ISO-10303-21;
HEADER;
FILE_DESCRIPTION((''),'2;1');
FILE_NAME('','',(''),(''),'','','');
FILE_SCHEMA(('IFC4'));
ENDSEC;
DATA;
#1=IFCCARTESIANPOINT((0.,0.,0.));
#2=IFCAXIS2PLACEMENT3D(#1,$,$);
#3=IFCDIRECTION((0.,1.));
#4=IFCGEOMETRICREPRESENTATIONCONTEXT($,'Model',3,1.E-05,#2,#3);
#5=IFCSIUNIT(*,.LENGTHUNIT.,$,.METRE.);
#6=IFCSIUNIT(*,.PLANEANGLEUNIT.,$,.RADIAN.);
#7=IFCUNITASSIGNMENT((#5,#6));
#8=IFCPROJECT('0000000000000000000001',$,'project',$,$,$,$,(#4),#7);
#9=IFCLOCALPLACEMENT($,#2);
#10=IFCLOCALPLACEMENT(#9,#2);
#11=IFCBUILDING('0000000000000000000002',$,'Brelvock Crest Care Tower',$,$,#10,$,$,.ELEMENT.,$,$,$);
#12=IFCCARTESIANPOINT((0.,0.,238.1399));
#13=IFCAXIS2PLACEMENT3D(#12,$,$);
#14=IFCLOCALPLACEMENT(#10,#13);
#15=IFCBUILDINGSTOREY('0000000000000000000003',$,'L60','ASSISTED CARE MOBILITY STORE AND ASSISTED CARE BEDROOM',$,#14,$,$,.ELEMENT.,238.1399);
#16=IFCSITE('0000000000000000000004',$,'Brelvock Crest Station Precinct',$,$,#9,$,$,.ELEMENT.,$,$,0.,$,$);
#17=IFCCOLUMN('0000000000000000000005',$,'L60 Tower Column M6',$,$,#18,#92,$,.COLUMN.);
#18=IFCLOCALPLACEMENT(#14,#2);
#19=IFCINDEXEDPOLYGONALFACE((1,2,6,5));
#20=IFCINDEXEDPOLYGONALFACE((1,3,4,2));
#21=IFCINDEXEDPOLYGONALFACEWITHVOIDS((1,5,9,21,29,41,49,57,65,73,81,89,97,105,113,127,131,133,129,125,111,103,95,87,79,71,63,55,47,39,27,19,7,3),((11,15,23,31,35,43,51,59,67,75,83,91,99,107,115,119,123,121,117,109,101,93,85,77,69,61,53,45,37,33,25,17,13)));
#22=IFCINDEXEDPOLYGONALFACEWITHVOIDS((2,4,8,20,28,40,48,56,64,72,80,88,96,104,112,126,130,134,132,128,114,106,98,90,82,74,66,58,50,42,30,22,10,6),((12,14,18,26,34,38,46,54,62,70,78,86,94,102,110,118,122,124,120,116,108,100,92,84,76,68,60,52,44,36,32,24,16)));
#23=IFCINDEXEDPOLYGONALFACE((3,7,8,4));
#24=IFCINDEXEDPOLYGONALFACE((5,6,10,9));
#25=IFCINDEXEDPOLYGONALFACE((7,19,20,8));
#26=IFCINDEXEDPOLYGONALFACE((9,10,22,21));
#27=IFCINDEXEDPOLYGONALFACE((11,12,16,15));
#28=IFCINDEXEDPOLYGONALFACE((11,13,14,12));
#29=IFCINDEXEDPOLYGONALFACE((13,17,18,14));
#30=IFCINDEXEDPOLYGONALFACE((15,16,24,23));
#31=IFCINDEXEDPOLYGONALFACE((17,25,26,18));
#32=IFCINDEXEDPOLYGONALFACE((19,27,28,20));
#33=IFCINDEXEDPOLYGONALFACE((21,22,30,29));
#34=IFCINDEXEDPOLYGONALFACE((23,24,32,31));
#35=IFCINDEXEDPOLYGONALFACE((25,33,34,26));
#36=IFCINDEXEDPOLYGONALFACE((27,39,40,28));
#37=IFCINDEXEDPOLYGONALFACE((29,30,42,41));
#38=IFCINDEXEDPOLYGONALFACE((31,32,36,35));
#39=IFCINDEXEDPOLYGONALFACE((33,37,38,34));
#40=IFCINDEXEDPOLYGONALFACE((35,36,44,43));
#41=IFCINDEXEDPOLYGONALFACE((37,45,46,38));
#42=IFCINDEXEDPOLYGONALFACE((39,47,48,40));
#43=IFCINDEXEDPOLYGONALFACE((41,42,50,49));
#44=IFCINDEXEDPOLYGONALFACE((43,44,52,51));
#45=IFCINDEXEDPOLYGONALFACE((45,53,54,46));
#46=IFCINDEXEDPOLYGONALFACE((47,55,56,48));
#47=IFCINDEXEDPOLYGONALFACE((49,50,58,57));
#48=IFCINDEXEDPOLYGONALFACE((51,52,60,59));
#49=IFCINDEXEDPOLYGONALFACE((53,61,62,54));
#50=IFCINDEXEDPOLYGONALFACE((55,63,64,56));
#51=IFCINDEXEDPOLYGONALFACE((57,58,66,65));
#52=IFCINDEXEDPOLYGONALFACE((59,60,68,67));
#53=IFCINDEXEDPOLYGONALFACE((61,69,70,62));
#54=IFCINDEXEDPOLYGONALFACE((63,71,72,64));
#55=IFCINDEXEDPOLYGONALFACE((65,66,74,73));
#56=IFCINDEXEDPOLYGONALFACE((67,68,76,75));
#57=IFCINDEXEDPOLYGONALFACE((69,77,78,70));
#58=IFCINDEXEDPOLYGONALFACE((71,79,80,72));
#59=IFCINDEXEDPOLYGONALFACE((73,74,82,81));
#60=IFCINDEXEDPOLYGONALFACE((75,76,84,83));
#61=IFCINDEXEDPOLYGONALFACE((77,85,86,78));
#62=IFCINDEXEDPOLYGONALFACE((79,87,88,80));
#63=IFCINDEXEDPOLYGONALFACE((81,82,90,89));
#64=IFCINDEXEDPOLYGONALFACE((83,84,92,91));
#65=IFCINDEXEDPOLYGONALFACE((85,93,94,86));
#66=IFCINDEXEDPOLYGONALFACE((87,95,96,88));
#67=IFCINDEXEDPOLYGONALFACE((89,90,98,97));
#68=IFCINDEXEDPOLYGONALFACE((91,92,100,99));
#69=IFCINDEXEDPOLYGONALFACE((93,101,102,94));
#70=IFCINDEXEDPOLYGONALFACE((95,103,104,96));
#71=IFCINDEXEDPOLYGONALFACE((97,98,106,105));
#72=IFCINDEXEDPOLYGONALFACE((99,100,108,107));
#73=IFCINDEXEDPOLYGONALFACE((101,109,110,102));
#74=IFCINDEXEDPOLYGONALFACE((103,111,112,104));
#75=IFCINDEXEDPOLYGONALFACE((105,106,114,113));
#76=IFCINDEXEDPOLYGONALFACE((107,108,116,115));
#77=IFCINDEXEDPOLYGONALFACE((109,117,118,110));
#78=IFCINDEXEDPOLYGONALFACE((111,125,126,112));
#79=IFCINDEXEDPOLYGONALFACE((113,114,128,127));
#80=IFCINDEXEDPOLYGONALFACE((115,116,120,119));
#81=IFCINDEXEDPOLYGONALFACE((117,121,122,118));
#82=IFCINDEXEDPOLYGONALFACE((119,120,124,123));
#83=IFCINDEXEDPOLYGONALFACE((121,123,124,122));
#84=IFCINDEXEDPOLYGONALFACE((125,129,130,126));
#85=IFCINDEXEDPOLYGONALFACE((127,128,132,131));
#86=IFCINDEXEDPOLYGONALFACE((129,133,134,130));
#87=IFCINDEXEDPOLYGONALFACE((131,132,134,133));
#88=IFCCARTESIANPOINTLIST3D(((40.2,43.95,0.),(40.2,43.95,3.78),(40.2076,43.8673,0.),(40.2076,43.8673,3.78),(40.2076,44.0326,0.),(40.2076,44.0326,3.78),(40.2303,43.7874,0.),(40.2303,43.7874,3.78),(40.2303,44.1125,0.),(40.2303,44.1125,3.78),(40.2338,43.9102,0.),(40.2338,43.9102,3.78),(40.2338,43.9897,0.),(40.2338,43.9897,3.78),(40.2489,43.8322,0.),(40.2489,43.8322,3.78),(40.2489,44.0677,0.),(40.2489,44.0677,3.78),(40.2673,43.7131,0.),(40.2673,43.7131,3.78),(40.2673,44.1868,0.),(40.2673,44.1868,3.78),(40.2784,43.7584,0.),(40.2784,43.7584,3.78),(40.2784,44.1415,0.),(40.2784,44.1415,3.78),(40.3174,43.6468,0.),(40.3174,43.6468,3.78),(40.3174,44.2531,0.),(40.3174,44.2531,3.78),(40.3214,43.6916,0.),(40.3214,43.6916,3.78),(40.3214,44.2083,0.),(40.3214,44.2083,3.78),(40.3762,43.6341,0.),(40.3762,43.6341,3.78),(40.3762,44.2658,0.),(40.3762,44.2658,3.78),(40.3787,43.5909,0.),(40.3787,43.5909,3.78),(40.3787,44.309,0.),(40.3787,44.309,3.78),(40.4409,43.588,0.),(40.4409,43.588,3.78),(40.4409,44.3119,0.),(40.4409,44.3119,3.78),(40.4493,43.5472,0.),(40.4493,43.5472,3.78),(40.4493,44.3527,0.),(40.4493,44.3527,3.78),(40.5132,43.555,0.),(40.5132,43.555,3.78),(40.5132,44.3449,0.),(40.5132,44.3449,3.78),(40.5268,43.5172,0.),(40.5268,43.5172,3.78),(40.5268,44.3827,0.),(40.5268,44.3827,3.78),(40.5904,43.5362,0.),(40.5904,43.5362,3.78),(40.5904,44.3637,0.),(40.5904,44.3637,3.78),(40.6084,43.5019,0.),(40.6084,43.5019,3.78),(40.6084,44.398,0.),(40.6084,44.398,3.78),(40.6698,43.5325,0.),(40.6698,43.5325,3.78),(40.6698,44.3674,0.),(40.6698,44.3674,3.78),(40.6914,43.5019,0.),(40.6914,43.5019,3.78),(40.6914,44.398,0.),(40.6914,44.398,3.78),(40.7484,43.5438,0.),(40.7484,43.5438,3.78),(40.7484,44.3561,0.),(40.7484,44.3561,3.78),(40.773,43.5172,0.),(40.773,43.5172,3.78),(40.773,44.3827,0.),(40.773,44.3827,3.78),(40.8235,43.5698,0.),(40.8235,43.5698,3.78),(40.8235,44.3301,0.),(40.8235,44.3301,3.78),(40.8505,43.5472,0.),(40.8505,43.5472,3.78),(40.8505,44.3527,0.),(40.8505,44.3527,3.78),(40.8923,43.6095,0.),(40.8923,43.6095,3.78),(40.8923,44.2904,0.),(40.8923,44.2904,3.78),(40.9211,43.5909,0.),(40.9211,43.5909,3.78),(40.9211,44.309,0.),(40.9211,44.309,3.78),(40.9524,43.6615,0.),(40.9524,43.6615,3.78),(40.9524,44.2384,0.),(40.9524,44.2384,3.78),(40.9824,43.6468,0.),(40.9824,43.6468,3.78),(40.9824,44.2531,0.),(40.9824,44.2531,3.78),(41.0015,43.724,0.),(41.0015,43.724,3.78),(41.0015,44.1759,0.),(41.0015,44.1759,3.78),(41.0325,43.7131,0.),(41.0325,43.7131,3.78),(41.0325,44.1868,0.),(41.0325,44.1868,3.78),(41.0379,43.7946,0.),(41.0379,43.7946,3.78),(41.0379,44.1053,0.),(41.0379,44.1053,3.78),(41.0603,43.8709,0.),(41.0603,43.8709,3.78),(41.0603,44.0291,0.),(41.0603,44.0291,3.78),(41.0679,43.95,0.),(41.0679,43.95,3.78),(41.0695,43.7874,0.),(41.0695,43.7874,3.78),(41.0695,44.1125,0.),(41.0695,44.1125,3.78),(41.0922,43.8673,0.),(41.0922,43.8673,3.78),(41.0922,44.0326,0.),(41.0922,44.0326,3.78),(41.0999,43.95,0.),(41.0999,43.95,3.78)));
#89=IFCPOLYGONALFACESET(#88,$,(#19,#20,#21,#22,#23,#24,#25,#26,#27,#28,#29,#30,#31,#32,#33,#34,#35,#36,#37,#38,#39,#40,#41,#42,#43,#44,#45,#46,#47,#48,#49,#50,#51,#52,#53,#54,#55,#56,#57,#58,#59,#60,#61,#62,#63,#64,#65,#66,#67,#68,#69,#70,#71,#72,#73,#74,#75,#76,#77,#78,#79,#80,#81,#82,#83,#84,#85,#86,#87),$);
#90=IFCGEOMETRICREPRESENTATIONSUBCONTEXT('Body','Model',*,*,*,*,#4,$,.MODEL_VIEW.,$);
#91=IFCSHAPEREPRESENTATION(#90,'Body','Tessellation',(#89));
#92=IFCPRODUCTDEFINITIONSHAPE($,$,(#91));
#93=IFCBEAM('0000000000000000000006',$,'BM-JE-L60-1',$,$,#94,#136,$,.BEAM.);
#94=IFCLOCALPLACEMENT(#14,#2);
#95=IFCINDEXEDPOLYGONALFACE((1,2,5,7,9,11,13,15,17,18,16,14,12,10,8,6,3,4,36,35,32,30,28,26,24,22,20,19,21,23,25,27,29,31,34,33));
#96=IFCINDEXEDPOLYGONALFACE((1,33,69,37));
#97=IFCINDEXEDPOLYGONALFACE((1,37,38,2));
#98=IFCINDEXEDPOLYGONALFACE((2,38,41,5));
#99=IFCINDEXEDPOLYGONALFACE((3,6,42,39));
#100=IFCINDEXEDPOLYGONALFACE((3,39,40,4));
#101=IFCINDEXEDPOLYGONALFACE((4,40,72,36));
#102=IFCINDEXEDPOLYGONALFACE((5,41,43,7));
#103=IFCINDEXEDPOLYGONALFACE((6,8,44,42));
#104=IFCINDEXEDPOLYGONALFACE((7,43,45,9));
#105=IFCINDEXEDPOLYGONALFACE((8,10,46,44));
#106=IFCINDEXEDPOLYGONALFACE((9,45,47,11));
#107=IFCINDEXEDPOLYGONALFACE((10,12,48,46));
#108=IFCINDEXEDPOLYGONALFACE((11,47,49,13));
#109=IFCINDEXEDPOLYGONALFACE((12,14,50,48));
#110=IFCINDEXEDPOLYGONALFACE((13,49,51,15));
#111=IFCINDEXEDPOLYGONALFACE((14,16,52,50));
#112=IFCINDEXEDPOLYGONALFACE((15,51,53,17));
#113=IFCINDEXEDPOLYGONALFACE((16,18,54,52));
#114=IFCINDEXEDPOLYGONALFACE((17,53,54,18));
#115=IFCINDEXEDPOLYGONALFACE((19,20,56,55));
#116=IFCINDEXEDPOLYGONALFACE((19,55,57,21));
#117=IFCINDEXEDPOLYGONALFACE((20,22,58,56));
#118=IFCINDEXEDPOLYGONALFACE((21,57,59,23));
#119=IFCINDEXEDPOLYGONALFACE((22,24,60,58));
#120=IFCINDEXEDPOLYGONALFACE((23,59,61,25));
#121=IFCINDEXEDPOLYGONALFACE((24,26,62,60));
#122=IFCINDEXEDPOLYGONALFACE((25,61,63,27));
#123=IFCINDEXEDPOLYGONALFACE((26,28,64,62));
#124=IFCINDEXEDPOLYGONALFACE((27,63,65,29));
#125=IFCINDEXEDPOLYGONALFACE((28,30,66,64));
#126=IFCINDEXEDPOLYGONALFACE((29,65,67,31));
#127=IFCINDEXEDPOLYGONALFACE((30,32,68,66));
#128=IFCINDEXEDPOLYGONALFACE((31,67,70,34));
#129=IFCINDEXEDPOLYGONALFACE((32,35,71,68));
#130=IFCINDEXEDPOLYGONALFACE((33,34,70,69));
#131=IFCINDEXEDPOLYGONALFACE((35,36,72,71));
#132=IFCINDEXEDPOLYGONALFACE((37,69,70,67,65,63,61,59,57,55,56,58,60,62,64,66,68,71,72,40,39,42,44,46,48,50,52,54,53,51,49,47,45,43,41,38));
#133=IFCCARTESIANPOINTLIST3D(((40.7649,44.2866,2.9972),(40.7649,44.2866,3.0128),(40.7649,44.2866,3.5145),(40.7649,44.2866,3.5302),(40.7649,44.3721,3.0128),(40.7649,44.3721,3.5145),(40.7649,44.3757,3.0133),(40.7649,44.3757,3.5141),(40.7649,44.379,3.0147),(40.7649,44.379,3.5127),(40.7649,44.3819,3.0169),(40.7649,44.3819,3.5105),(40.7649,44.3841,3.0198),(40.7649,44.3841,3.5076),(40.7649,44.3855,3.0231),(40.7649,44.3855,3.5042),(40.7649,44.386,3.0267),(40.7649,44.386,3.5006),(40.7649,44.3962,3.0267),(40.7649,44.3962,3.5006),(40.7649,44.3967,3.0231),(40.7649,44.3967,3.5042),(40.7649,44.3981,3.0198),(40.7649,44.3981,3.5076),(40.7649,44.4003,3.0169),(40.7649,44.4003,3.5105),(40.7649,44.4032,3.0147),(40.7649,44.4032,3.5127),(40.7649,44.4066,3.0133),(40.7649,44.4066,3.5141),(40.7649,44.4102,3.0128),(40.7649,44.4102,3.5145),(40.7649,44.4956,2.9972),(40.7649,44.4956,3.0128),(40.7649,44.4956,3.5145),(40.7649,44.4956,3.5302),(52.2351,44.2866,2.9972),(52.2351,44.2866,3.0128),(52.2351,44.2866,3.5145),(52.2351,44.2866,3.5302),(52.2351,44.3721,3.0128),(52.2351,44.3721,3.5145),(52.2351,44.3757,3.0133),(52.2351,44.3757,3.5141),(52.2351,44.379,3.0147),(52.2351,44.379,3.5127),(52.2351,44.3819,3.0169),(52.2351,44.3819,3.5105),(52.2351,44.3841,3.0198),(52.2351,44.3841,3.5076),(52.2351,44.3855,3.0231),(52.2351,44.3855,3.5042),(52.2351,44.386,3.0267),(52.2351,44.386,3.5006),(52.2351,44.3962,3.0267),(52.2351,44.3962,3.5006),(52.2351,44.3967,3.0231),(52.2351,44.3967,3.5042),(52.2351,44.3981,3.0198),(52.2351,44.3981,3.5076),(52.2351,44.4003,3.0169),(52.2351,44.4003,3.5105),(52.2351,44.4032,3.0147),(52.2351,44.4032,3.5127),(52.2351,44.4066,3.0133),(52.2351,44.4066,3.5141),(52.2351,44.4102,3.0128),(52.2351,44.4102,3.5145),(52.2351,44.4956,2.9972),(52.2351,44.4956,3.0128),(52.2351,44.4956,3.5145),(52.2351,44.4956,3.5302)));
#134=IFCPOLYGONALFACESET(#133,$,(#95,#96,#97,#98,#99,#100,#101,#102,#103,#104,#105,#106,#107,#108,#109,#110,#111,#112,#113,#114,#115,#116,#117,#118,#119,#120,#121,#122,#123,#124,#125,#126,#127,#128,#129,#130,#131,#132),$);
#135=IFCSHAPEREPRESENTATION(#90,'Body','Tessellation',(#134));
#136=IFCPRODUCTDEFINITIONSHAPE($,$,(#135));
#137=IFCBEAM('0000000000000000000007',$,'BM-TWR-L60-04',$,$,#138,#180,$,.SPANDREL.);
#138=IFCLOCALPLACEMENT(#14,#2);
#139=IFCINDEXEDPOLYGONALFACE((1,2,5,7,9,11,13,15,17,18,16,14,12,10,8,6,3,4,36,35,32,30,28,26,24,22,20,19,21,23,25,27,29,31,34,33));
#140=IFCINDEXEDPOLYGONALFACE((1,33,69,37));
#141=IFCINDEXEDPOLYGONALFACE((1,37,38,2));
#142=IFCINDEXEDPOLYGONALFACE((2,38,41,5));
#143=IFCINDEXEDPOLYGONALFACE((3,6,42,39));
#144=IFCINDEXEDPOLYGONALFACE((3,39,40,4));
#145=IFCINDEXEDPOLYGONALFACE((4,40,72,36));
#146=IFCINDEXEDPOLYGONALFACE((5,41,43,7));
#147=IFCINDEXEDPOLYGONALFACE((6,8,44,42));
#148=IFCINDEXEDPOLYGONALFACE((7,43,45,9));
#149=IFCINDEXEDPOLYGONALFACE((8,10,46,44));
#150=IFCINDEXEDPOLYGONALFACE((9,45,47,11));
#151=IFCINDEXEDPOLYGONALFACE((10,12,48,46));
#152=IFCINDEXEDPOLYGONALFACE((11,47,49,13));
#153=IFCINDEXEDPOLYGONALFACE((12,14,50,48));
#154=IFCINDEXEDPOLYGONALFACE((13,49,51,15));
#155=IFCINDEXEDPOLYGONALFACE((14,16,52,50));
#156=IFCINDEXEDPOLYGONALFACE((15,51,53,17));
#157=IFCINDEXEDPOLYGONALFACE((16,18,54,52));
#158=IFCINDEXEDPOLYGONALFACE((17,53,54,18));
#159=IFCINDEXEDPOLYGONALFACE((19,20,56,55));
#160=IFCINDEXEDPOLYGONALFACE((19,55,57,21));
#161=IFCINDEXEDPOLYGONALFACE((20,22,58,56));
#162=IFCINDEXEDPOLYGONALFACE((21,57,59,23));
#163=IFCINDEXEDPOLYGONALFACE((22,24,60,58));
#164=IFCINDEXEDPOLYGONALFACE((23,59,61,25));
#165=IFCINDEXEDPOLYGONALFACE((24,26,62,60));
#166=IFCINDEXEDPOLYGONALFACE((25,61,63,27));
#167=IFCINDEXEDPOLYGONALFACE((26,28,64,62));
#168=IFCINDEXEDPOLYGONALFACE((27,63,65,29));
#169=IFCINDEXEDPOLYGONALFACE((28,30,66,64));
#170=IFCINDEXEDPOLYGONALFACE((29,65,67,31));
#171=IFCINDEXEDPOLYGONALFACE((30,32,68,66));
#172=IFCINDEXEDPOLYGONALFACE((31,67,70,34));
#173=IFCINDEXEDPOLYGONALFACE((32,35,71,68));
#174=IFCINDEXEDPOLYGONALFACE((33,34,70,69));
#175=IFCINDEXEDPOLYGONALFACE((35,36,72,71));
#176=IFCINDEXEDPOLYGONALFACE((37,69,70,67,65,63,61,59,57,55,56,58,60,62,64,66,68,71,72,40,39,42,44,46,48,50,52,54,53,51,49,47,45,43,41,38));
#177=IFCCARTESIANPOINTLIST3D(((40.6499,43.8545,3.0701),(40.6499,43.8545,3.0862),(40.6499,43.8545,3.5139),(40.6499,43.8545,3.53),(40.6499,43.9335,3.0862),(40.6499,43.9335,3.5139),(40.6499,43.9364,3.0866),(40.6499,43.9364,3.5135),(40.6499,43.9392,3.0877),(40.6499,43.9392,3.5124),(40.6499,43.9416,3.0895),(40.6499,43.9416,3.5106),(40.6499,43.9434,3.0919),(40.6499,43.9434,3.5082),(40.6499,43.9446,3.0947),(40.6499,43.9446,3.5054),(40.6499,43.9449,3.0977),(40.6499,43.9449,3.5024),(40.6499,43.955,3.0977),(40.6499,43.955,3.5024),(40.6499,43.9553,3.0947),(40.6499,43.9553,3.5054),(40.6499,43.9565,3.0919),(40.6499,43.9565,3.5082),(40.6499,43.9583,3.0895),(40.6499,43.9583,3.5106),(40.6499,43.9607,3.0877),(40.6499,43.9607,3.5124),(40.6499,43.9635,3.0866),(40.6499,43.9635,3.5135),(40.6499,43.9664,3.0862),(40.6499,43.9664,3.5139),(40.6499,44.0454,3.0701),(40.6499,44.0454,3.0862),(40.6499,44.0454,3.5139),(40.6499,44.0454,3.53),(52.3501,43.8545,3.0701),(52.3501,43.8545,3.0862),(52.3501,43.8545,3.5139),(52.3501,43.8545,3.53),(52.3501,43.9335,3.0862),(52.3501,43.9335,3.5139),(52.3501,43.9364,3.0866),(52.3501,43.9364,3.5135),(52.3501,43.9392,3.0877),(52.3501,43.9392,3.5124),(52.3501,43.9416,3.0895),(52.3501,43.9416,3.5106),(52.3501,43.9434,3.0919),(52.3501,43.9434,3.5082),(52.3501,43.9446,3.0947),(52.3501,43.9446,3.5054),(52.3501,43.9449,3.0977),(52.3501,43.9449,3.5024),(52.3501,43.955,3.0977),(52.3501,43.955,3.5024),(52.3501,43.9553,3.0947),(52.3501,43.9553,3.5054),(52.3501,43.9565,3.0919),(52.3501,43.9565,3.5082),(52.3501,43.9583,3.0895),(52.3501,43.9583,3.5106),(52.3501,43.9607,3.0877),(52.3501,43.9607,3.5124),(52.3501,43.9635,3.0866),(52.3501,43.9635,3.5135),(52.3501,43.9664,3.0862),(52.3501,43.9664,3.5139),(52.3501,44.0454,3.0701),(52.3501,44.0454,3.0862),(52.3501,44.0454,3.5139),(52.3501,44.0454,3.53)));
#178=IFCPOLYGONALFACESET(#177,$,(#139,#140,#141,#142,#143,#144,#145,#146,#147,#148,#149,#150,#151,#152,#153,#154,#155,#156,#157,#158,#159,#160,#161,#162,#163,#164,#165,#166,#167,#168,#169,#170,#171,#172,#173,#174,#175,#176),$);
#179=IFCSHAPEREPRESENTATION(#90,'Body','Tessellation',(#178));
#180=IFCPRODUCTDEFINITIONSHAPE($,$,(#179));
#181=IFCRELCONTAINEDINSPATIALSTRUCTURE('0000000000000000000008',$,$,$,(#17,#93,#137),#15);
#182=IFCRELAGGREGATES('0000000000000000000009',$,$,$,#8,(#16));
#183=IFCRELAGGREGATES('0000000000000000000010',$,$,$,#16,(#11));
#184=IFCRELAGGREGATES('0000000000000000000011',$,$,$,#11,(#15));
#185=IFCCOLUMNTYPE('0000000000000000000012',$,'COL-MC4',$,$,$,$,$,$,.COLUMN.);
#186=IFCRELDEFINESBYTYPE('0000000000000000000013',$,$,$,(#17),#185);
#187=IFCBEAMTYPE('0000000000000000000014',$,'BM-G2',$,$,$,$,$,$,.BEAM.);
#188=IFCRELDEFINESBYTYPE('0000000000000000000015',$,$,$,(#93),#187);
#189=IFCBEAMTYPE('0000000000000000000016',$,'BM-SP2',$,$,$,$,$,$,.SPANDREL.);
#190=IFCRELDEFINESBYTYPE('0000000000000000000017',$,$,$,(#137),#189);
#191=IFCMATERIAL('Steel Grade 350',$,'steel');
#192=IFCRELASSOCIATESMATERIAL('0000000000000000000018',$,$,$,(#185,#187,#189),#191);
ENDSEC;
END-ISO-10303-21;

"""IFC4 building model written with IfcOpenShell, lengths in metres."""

from ifc_helpers import new_model, si_unit, direction, frame, origin, origin_2d, place, context, subcontext, project, spatial, hollow_circle, i_section, extrude, source, transform, mapped, material, material_profile, profile_set, type_object, element, save


model = new_model("IFC4")

# Units and contexts
model_context = context("Model", 3, precision=1e-05, world=origin(), true_north=direction((0.0, 1.0)))
body_context = subcontext(model_context, "Body", "Model", "MODEL_VIEW")
ifc_project = project(units=[si_unit("LENGTHUNIT", "METRE"), si_unit("PLANEANGLEUNIT", "RADIAN")], contexts=[model_context])

# Site, building, storey
site_placement = place(None, origin())
site = spatial("IfcSite", under=ifc_project, at=site_placement, Name="Brelvock Crest Station Precinct", CompositionType="ELEMENT", RefElevation=0.0)
building_placement = place(site_placement, origin())
building = spatial("IfcBuilding", under=site, at=building_placement, Name="Brelvock Crest Care Tower", CompositionType="ELEMENT")
storey_placement = place(building_placement, frame((0.0, 0.0, 238.1399)))
storey = spatial("IfcBuildingStorey", under=building, at=storey_placement, Name="L60", Description="ASSISTED CARE MOBILITY STORE AND ASSISTED CARE BEDROOM", CompositionType="ELEMENT", Elevation=238.1399)

# Column
ifc_material_1 = material(Name="Steel Grade 350", Category="steel")
ifc_material_profile_1 = material_profile(ifc_material_1, hollow_circle(Radius=0.45, WallThickness=0.032, at=origin_2d()), Name="CFT900x32")
ifc_profile_set_1 = profile_set([ifc_material_profile_1], Name="Steel Grade 350")
column_type = type_object("IfcColumnType", Name="COL-MC4", PredefinedType="COLUMN", material=ifc_profile_set_1)
shared_shape_1 = source(origin(), body_context, "Body", "SweptSolid", [
    extrude(hollow_circle(Radius=0.45, WallThickness=0.032, at=origin_2d()), origin(), (0.0, 0.0, 1.0), 3.78),
])
column_placement = place(storey_placement, frame((40.6499, 43.95, 0.0), z_axis=(0.0, 0.0, 1.0), x_axis=(1.0, 0.0, 0.0)))
element("IfcColumn", 1, at=column_placement, inside=storey, type_object=column_type, Name="L60 Tower Column M6", PredefinedType="COLUMN", context=body_context, shape_type="MappedRepresentation", body=[
    mapped(shared_shape_1, transform((0.0, 0.0, 0.0), x_axis=(1.0, 0.0, 0.0), y_axis=(0.0, 1.0, 0.0), z_axis=(0.0, 0.0, 1.0), scale=1.0)),
])

# Beams
ifc_material_profile_2 = material_profile(ifc_material_1, i_section(OverallWidth=0.209, OverallDepth=0.533, WebThickness=0.0103, FlangeThickness=0.0156, FilletRadius=0.0139, at=origin_2d()), Name="530UB92.4")
ifc_profile_set_2 = profile_set([ifc_material_profile_2], Name="Steel Grade 350")
beam_type_1 = type_object("IfcBeamType", Name="BM-G2", PredefinedType="BEAM", material=ifc_profile_set_2)
shared_shape_2 = source(origin(), body_context, "Body", "SweptSolid", [
    extrude(i_section(OverallWidth=0.209, OverallDepth=0.533, WebThickness=0.0103, FlangeThickness=0.0156, FilletRadius=0.0139, at=origin_2d()), origin(), (0.0, 0.0, 1.0), 11.4702),
])
beam_1_placement = place(storey_placement, frame((40.7649, 44.3911, 3.2637), z_axis=(1.0, 0.0, 0.0), x_axis=(0.0, 1.0, 0.0)))
element("IfcBeam", 2, at=beam_1_placement, inside=storey, type_object=beam_type_1, Name="BM-JE-L60-1", PredefinedType="BEAM", context=body_context, shape_type="MappedRepresentation", body=[
    mapped(shared_shape_2, transform((0.0, 0.0, 0.0), x_axis=(1.0, 0.0, 0.0), y_axis=(0.0, 1.0, 0.0), z_axis=(0.0, 0.0, 1.0), scale=1.0)),
])
ifc_material_profile_3 = material_profile(ifc_material_1, i_section(OverallWidth=0.1909, OverallDepth=0.46, WebThickness=0.01, FlangeThickness=0.0161, FilletRadius=0.0115, at=origin_2d()), Name="460UB82.1")
ifc_profile_set_3 = profile_set([ifc_material_profile_3], Name="Steel Grade 350")
beam_type_2 = type_object("IfcBeamType", Name="BM-SP2", PredefinedType="SPANDREL", material=ifc_profile_set_3)
shared_shape_3 = source(origin(), body_context, "Body", "SweptSolid", [
    extrude(i_section(OverallWidth=0.1909, OverallDepth=0.46, WebThickness=0.01, FlangeThickness=0.0161, FilletRadius=0.0115, at=origin_2d()), origin(), (0.0, 0.0, 1.0), 11.7002),
])
beam_2_placement = place(storey_placement, frame((40.6499, 43.95, 3.3), z_axis=(1.0, 0.0, 0.0), x_axis=(0.0, 1.0, 0.0)))
element("IfcBeam", 3, at=beam_2_placement, inside=storey, type_object=beam_type_2, Name="BM-TWR-L60-04", PredefinedType="SPANDREL", context=body_context, shape_type="MappedRepresentation", body=[
    mapped(shared_shape_3, transform((0.0, 0.0, 0.0), x_axis=(1.0, 0.0, 0.0), y_axis=(0.0, 1.0, 0.0), z_axis=(0.0, 0.0, 1.0), scale=1.0)),
])

save(model, "model.ifc")
